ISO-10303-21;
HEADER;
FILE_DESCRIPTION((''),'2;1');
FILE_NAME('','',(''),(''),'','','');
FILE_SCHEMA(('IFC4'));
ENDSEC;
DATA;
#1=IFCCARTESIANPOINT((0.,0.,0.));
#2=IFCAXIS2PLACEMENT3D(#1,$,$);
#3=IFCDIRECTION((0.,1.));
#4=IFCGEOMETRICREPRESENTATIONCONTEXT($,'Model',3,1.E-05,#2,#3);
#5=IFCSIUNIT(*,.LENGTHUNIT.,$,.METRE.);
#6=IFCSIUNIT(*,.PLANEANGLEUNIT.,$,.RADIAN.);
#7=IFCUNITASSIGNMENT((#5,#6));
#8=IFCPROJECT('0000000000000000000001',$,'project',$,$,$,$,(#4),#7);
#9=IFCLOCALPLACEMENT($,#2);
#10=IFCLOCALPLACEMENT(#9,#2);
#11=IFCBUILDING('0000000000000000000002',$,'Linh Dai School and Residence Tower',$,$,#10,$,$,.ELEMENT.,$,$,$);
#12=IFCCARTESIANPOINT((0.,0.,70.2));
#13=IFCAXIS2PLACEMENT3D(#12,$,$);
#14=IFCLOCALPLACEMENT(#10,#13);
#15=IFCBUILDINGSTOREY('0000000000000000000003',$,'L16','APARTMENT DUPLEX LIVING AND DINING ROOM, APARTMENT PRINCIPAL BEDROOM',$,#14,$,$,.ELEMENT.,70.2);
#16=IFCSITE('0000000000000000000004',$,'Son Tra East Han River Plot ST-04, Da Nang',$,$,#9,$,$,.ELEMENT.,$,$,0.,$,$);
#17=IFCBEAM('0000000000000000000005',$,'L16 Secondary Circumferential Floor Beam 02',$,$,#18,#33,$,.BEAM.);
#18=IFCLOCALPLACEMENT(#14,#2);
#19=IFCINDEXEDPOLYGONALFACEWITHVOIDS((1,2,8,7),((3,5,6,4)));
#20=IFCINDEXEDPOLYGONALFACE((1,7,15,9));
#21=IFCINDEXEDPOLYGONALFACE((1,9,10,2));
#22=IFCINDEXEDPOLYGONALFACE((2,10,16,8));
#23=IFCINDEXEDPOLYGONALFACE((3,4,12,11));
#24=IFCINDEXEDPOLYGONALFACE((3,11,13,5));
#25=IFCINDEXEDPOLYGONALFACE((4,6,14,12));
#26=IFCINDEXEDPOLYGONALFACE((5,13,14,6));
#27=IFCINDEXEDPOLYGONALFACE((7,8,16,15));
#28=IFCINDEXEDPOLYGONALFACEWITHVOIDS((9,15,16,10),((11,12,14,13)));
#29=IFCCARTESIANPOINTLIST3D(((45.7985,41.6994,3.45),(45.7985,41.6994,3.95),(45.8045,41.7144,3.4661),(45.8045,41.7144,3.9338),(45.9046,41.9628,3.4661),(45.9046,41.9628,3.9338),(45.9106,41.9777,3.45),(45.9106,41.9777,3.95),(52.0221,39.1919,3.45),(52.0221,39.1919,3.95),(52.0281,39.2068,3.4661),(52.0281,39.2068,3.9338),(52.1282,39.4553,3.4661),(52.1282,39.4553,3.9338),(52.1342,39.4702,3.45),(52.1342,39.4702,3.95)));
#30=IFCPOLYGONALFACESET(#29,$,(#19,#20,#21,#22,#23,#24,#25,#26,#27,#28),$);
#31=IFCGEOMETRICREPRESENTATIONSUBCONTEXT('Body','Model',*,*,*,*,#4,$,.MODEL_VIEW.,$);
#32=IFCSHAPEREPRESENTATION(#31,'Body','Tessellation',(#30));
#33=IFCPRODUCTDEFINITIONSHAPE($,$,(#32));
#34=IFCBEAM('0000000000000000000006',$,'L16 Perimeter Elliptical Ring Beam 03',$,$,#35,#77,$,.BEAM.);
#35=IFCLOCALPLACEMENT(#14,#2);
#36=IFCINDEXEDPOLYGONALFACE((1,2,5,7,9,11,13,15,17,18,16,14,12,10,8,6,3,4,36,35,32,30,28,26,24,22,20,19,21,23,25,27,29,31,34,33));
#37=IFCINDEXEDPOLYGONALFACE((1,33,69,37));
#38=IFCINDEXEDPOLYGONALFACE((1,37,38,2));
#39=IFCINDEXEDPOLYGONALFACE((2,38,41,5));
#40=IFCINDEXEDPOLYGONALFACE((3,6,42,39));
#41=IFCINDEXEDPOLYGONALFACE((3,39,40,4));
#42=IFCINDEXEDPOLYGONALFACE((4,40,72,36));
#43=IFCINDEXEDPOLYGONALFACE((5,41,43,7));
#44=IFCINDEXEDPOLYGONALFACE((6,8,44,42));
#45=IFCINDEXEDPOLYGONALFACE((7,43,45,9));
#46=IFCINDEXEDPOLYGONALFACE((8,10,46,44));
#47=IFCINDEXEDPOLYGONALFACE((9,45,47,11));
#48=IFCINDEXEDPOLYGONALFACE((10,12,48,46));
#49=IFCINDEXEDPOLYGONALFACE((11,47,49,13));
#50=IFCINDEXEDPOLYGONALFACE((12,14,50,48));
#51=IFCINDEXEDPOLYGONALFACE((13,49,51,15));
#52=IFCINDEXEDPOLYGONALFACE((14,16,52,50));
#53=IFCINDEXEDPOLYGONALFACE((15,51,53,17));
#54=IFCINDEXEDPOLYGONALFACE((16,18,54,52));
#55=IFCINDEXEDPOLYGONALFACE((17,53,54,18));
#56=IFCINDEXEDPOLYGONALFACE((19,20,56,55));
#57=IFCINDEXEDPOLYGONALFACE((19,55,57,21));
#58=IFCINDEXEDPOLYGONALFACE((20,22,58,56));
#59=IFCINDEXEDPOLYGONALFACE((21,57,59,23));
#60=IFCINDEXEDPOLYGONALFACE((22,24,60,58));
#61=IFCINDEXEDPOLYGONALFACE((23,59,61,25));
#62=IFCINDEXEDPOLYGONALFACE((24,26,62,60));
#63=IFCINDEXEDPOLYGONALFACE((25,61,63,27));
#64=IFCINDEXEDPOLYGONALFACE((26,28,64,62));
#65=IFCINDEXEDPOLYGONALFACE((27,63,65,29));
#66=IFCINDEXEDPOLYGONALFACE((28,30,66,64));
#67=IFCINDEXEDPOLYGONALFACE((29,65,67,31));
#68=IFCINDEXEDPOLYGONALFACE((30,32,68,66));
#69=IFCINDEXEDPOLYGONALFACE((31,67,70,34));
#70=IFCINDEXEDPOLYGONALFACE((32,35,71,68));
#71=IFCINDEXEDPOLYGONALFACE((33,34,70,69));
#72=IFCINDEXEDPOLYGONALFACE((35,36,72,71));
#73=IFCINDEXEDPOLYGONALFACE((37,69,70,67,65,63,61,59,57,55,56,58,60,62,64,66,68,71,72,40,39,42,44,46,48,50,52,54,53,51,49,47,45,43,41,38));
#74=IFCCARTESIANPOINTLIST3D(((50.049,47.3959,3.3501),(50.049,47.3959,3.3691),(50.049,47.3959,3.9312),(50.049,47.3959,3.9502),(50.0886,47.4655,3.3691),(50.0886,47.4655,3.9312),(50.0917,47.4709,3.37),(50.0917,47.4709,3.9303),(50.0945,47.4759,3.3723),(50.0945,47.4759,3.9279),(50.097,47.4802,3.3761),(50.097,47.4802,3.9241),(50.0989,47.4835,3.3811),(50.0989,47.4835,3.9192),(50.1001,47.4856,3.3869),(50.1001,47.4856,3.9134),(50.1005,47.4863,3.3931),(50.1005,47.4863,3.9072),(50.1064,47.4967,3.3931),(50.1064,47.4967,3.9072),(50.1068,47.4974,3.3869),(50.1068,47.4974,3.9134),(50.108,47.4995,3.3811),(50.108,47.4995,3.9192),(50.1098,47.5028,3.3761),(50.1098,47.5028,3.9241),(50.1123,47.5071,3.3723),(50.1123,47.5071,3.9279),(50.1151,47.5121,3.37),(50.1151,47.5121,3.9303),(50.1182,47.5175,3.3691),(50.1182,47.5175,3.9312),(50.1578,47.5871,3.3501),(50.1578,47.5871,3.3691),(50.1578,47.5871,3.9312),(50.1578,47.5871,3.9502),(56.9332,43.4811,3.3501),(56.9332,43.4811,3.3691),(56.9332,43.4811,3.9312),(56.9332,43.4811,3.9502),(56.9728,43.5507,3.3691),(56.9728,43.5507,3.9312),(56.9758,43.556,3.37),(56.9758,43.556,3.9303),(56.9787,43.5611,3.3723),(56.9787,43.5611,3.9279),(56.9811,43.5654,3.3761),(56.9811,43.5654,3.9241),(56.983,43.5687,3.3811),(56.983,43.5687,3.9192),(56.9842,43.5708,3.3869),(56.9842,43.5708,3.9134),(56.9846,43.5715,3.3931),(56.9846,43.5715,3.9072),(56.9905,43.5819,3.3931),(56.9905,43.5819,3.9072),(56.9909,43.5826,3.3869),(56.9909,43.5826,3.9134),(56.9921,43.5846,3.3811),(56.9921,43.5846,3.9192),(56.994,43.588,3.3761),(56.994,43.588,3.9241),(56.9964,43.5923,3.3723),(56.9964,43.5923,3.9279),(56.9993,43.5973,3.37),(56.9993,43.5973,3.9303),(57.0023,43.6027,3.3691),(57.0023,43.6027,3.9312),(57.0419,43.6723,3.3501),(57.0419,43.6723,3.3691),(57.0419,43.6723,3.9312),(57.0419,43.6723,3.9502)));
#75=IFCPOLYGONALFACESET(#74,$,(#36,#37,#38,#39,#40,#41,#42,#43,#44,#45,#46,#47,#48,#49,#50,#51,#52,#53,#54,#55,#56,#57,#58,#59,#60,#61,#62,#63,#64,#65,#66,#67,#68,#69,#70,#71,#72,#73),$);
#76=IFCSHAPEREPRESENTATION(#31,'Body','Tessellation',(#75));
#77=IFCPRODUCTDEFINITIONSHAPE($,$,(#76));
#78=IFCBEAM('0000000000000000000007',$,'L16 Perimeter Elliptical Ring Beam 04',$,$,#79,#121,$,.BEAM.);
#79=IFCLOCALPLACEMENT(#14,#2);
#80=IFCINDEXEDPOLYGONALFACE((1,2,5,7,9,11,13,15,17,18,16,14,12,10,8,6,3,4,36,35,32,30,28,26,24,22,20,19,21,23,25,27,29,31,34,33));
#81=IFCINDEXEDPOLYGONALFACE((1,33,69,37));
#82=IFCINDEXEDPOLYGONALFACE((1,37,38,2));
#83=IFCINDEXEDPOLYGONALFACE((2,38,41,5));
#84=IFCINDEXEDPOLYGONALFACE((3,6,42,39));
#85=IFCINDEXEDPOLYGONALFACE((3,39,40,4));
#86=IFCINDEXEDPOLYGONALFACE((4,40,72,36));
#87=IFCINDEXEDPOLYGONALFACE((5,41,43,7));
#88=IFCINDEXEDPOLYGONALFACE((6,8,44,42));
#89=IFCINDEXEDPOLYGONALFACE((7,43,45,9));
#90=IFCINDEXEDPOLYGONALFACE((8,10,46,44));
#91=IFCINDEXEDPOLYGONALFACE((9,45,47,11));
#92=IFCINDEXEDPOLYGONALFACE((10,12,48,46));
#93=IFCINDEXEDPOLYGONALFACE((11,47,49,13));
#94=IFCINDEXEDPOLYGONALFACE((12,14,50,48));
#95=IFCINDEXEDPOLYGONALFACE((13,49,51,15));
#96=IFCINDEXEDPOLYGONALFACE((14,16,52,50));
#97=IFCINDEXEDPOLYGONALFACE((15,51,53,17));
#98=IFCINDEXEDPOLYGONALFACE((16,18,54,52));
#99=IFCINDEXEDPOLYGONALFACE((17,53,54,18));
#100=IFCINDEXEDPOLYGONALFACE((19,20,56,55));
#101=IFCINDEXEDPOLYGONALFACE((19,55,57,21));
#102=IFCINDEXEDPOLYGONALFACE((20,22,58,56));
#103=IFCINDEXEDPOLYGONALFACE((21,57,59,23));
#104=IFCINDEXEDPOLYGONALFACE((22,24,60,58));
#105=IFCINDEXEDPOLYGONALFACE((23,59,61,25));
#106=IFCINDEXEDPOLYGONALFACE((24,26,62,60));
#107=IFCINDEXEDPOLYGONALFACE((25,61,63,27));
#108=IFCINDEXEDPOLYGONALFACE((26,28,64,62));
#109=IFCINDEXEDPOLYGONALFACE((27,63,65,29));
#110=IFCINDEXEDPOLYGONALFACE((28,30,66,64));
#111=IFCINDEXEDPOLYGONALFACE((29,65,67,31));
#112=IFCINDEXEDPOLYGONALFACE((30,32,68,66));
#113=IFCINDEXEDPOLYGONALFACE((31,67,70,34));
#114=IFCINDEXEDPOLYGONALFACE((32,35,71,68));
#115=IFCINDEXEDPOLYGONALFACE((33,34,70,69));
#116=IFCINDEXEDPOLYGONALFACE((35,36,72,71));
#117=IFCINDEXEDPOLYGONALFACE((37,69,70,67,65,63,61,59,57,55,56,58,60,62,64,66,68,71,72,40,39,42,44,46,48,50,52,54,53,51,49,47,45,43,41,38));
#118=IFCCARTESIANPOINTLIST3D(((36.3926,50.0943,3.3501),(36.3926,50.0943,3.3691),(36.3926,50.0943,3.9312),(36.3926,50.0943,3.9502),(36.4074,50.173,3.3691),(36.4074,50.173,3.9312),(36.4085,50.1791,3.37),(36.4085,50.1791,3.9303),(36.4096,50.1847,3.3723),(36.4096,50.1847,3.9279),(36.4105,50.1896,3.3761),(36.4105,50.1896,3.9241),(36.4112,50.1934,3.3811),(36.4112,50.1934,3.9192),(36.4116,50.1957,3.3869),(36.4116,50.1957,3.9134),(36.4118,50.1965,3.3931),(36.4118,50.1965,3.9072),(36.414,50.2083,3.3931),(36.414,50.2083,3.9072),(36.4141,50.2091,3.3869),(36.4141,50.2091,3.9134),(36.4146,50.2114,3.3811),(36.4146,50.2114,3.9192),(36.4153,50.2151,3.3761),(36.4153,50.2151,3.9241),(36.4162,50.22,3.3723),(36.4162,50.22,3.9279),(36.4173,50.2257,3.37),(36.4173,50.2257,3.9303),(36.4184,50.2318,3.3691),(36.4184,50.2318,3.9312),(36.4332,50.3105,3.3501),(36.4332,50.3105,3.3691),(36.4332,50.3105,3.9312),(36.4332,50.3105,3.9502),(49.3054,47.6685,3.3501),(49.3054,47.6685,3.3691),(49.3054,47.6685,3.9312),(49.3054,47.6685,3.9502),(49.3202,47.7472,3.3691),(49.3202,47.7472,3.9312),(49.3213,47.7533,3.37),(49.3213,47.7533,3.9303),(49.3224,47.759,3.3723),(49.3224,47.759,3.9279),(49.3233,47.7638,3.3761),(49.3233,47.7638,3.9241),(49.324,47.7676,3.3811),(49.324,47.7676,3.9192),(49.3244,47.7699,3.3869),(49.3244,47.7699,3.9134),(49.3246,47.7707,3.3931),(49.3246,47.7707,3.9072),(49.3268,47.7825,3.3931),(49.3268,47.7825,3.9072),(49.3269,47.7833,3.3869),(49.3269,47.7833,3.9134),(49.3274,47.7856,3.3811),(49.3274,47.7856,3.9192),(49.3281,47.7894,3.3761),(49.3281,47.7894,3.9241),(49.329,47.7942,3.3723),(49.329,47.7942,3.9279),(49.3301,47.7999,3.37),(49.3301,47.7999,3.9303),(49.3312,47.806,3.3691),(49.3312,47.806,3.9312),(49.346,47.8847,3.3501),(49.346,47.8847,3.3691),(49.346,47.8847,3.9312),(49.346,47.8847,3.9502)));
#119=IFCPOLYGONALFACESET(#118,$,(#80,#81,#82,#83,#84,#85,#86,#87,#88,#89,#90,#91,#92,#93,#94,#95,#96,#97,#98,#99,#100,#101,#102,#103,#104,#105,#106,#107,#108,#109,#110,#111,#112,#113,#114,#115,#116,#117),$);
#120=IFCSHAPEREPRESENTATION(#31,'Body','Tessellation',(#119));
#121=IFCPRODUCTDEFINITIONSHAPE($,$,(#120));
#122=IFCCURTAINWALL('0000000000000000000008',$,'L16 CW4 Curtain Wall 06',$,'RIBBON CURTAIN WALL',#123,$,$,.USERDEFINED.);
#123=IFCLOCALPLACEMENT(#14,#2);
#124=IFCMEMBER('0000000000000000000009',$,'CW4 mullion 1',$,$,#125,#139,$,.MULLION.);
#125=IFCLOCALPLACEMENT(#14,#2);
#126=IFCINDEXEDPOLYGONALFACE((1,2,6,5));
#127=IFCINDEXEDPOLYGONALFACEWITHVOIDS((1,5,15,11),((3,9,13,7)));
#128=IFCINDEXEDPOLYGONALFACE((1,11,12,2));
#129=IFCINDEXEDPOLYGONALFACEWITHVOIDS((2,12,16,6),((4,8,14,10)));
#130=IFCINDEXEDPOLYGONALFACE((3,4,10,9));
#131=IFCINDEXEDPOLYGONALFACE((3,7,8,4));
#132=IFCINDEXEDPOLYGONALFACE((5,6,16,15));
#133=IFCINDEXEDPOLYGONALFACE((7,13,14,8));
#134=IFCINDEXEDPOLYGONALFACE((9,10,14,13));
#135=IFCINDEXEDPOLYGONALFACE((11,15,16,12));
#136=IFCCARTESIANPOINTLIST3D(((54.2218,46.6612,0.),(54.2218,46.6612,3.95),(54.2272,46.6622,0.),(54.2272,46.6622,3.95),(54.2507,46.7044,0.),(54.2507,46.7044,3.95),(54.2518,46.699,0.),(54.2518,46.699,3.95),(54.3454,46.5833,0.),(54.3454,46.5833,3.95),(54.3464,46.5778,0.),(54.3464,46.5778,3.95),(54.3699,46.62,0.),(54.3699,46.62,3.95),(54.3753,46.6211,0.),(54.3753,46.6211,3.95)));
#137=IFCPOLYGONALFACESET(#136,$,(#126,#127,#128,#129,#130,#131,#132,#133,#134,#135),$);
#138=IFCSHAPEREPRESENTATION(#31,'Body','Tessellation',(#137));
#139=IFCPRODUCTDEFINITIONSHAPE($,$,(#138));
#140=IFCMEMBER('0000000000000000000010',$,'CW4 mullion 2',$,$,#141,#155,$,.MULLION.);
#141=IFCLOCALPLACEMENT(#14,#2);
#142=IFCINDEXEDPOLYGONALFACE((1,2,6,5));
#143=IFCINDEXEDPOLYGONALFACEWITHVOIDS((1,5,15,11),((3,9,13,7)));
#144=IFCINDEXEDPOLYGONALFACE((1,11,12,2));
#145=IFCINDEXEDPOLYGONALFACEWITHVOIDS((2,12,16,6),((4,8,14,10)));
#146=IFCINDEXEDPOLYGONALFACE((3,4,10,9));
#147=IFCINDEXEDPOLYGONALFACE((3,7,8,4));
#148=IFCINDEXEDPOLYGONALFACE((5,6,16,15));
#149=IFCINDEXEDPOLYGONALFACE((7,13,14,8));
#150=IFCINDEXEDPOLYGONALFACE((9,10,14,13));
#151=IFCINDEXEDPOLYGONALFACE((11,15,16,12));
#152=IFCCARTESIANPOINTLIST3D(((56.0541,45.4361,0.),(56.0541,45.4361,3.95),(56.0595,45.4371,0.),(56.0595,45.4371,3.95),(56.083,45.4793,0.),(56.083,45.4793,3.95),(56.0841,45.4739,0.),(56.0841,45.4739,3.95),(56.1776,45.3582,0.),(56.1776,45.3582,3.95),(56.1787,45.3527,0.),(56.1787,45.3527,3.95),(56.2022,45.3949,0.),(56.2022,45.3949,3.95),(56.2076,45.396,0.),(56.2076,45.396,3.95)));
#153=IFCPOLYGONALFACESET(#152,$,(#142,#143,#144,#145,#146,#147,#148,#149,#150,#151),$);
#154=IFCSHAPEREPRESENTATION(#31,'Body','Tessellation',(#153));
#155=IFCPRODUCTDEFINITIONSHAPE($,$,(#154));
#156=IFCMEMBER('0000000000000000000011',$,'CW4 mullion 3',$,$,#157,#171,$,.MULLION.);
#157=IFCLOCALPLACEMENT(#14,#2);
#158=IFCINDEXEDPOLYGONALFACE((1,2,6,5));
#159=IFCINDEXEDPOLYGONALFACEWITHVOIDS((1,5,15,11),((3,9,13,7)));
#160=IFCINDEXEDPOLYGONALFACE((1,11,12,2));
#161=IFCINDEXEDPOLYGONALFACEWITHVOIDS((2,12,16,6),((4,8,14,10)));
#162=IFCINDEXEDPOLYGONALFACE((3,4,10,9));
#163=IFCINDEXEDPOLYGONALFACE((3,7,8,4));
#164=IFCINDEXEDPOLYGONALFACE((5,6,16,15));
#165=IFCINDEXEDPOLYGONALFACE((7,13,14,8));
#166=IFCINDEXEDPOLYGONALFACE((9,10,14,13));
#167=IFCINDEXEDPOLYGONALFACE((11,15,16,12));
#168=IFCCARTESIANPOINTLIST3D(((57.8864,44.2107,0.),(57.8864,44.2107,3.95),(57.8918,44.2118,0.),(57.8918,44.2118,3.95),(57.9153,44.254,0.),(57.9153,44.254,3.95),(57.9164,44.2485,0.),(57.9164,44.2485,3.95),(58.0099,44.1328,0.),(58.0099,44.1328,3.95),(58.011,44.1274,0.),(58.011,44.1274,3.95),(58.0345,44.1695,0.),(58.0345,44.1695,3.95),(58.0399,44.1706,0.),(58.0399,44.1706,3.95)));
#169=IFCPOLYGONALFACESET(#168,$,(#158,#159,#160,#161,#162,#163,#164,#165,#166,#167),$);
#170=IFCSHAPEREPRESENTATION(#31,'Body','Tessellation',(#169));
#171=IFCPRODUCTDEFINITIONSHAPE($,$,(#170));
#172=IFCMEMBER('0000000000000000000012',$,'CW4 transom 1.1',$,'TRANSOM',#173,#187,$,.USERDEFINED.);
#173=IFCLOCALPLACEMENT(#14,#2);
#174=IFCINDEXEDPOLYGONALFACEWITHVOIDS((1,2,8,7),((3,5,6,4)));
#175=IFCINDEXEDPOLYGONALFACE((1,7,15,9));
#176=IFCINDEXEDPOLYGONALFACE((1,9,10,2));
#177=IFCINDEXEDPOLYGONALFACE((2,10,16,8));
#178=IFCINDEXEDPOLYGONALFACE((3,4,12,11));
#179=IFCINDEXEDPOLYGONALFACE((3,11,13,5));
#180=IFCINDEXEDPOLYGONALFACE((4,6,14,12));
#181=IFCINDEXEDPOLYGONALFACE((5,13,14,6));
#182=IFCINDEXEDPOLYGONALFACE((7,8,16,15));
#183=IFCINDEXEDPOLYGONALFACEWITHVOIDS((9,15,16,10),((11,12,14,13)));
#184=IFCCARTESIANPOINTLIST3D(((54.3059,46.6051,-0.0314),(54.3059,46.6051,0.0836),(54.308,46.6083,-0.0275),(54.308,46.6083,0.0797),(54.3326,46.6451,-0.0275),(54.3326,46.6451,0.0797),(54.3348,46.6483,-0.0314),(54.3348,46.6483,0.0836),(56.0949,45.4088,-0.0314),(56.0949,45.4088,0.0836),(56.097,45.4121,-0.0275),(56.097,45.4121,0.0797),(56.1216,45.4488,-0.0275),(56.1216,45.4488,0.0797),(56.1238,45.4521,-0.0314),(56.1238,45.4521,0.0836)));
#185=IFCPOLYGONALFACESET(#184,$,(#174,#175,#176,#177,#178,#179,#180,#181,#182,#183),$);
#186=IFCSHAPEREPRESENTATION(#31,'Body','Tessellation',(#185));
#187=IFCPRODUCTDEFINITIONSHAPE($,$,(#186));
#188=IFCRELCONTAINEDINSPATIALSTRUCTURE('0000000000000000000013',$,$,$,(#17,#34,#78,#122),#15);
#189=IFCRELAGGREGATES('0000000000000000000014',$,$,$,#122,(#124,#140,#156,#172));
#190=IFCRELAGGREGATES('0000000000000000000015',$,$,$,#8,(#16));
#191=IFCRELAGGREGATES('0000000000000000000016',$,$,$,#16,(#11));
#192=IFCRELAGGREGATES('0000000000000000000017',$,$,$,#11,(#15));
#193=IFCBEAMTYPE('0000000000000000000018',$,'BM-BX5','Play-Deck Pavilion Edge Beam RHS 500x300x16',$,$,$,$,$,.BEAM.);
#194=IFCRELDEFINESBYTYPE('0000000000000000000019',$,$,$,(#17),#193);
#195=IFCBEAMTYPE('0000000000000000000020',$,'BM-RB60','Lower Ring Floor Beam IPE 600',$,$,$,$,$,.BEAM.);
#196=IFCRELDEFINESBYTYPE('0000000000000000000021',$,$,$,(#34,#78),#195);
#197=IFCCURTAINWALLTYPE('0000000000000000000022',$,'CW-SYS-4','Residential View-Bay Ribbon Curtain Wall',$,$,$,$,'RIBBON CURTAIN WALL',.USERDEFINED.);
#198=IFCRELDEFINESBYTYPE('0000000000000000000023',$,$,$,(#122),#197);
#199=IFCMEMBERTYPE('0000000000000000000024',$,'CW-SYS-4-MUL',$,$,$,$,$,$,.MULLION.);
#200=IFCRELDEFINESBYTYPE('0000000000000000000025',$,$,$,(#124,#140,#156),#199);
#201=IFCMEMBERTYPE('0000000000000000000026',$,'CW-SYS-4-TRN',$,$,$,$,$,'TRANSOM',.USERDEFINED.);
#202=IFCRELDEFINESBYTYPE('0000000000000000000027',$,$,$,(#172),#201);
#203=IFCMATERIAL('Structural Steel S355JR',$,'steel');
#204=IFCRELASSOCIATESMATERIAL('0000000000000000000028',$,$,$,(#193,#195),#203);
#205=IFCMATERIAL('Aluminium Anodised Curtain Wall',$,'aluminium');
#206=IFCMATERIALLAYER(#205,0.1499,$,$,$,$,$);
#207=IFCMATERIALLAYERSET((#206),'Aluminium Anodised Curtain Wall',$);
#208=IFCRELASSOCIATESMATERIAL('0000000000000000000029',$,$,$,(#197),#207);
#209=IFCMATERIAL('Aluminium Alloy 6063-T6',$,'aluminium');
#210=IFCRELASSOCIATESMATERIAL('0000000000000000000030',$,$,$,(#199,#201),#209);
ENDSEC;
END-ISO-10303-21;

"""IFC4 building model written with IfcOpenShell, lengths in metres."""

from ifc_helpers import new_model, si_unit, direction, frame, origin, origin_2d, place, context, subcontext, project, spatial, hollow_rectangle, i_section, extrude, source, transform, mapped, material, layer, layer_set, material_profile, profile_set, type_object, element, aggregate, save


model = new_model("IFC4")

# Units and contexts
model_context = context("Model", 3, precision=1e-05, world=origin(), true_north=direction((0.0, 1.0)))
body_context = subcontext(model_context, "Body", "Model", "MODEL_VIEW")
ifc_project = project(units=[si_unit("LENGTHUNIT", "METRE"), si_unit("PLANEANGLEUNIT", "RADIAN")], contexts=[model_context])

# Site, building, storey
site_placement = place(None, origin())
site = spatial("IfcSite", under=ifc_project, at=site_placement, Name="Son Tra East Han River Plot ST-04, Da Nang", CompositionType="ELEMENT", RefElevation=0.0)
building_placement = place(site_placement, origin())
building = spatial("IfcBuilding", under=site, at=building_placement, Name="Linh Dai School and Residence Tower", CompositionType="ELEMENT")
storey_placement = place(building_placement, frame((0.0, 0.0, 70.2)))
storey = spatial("IfcBuildingStorey", under=building, at=storey_placement, Name="L16", Description="APARTMENT DUPLEX LIVING AND DINING ROOM, APARTMENT PRINCIPAL BEDROOM", CompositionType="ELEMENT", Elevation=70.2)

# Shared definitions
ifc_material_1 = material(Name="Structural Steel S355JR", Category="steel")

# Beams
ifc_material_profile_1 = material_profile(ifc_material_1, hollow_rectangle(XDim=0.3, YDim=0.5, WallThickness=0.0161, at=origin_2d()), Name="RHS 500x300x16")
ifc_profile_set_1 = profile_set([ifc_material_profile_1], Name="Structural Steel S355JR")
beam_type_1 = type_object("IfcBeamType", Name="BM-BX5", Description="Play-Deck Pavilion Edge Beam RHS 500x300x16", PredefinedType="BEAM", material=ifc_profile_set_1)
beam_1_placement = place(storey_placement, frame((52.0781, 39.3311, 3.7), z_axis=(-0.927543, 0.373717, 0.0), x_axis=(-0.373717, -0.927543, 0.0)))
element("IfcBeam", 1, at=beam_1_placement, inside=storey, type_object=beam_type_1, Name="L16 Secondary Circumferential Floor Beam 02", PredefinedType="BEAM", context=body_context, shape_type="SweptSolid", body=[
    extrude(hollow_rectangle(XDim=0.3, YDim=0.5, WallThickness=0.0161, at=origin_2d()), origin(), (0.0, 0.0, 1.0), 6.7097),
])
ifc_material_profile_2 = material_profile(ifc_material_1, i_section(OverallWidth=0.22, OverallDepth=0.6001, WebThickness=0.012, FlangeThickness=0.019, FilletRadius=0.0239, at=origin_2d()), Name="IPE 600")
ifc_profile_set_2 = profile_set([ifc_material_profile_2], Name="Structural Steel S355JR")
beam_type_2 = type_object("IfcBeamType", Name="BM-RB60", Description="Lower Ring Floor Beam IPE 600", PredefinedType="BEAM", material=ifc_profile_set_2)
beam_2_placement = place(storey_placement, frame((56.9875, 43.5767, 3.6501), z_axis=(-0.869271, 0.494335, 0.0), x_axis=(-0.494335, -0.869271, 0.0)))
element("IfcBeam", 2, at=beam_2_placement, inside=storey, type_object=beam_type_2, Name="L16 Perimeter Elliptical Ring Beam 03", PredefinedType="BEAM", context=body_context, shape_type="SweptSolid", body=[
    extrude(i_section(OverallWidth=0.22, OverallDepth=0.6001, WebThickness=0.012, FlangeThickness=0.019, FilletRadius=0.0239, at=origin_2d()), origin(), (0.0, 0.0, 1.0), 7.9194),
])
beam_3_placement = place(storey_placement, frame((49.3257, 47.7766, 3.6501), z_axis=(-0.982808, 0.184628, 0.0), x_axis=(-0.184628, -0.982808, 0.0)))
element("IfcBeam", 3, at=beam_3_placement, inside=storey, type_object=beam_type_2, Name="L16 Perimeter Elliptical Ring Beam 04", PredefinedType="BEAM", context=body_context, shape_type="SweptSolid", body=[
    extrude(i_section(OverallWidth=0.22, OverallDepth=0.6001, WebThickness=0.012, FlangeThickness=0.019, FilletRadius=0.0239, at=origin_2d()), origin(), (0.0, 0.0, 1.0), 13.1387),
])

# Curtain wall, members
ifc_material_2 = material(Name="Aluminium Anodised Curtain Wall", Category="aluminium")
ifc_layer_1 = layer(ifc_material_2, 0.1499)
ifc_layer_set_1 = layer_set([ifc_layer_1], Name="Aluminium Anodised Curtain Wall")
curtain_wall_type = type_object("IfcCurtainWallType", Name="CW-SYS-4", Description="Residential View-Bay Ribbon Curtain Wall", ElementType="RIBBON CURTAIN WALL", PredefinedType="USERDEFINED", material=ifc_layer_set_1)
curtain_wall_placement = place(storey_placement, origin())
curtain_wall = element("IfcCurtainWall", 4, at=curtain_wall_placement, inside=storey, type_object=curtain_wall_type, Name="L16 CW4 Curtain Wall 06", ObjectType="RIBBON CURTAIN WALL", PredefinedType="USERDEFINED")
ifc_material_3 = material(Name="Aluminium Alloy 6063-T6", Category="aluminium")
ifc_material_profile_3 = material_profile(ifc_material_3, hollow_rectangle(XDim=0.052, YDim=0.1499, WallThickness=0.0039, at=origin_2d()), Name="RHS 150x52x4")
ifc_profile_set_3 = profile_set([ifc_material_profile_3], Name="Aluminium Alloy 6063-T6")
member_type_1 = type_object("IfcMemberType", Name="CW-SYS-4-MUL", PredefinedType="MULLION", material=ifc_profile_set_3)
shared_shape_1 = source(origin(), body_context, "Body", "SweptSolid", [
    extrude(hollow_rectangle(XDim=0.052, YDim=0.1499, WallThickness=0.0039, at=origin_2d()), origin(), (0.0, 0.0, 1.0), 3.95),
])
member_1_placement = place(storey_placement, frame((54.2986, 46.6411, 0.0), z_axis=(0.0, 0.0, 1.0), x_axis=(0.555898, 0.831251, 0.0)))
member_1 = element("IfcMember", 5, at=member_1_placement, type_object=member_type_1, Name="CW4 mullion 1", PredefinedType="MULLION", context=body_context, shape_type="MappedRepresentation", body=[
    mapped(shared_shape_1, transform((0.0, 0.0, 0.0), x_axis=(1.0, 0.0, 0.0), y_axis=(0.0, 1.0, 0.0), z_axis=(0.0, 0.0, 1.0), scale=1.0)),
])
member_2_placement = place(storey_placement, frame((56.1309, 45.416, 0.0), z_axis=(0.0, 0.0, 1.0), x_axis=(0.555898, 0.831251, 0.0)))
member_2 = element("IfcMember", 6, at=member_2_placement, type_object=member_type_1, Name="CW4 mullion 2", PredefinedType="MULLION", context=body_context, shape_type="MappedRepresentation", body=[
    mapped(shared_shape_1, transform((0.0, 0.0, 0.0), x_axis=(1.0, 0.0, 0.0), y_axis=(0.0, 1.0, 0.0), z_axis=(0.0, 0.0, 1.0), scale=1.0)),
])
member_3_placement = place(storey_placement, frame((57.9631, 44.1907, 0.0), z_axis=(0.0, 0.0, 1.0), x_axis=(0.555898, 0.831251, 0.0)))
member_3 = element("IfcMember", 7, at=member_3_placement, type_object=member_type_1, Name="CW4 mullion 3", PredefinedType="MULLION", context=body_context, shape_type="MappedRepresentation", body=[
    mapped(shared_shape_1, transform((0.0, 0.0, 0.0), x_axis=(1.0, 0.0, 0.0), y_axis=(0.0, 1.0, 0.0), z_axis=(0.0, 0.0, 1.0), scale=1.0)),
])
ifc_material_profile_4 = material_profile(ifc_material_3, hollow_rectangle(XDim=0.052, YDim=0.115, WallThickness=0.0039, at=origin_2d()), Name="RHS 115x52x4")
ifc_profile_set_4 = profile_set([ifc_material_profile_4], Name="Aluminium Alloy 6063-T6")
member_type_2 = type_object("IfcMemberType", Name="CW-SYS-4-TRN", ElementType="TRANSOM", PredefinedType="USERDEFINED", material=ifc_profile_set_4)
shared_shape_2 = source(origin(), body_context, "Body", "SweptSolid", [
    extrude(hollow_rectangle(XDim=0.052, YDim=0.115, WallThickness=0.0039, at=origin_2d()), origin(), (0.0, 0.0, 1.0), 2.1521),
])
member_4_placement = place(storey_placement, frame((54.3203, 46.6267, 0.0261), z_axis=(0.831282, -0.555852, 0.0), x_axis=(0.555852, 0.831282, 0.0)))
member_4 = element("IfcMember", 8, at=member_4_placement, type_object=member_type_2, Name="CW4 transom 1.1", ObjectType="TRANSOM", PredefinedType="USERDEFINED", context=body_context, shape_type="MappedRepresentation", body=[
    mapped(shared_shape_2, transform((0.0, 0.0, 0.0), x_axis=(1.0, 0.0, 0.0), y_axis=(0.0, 1.0, 0.0), z_axis=(0.0, 0.0, 1.0), scale=1.0)),
])

aggregate(curtain_wall, [member_1, member_2, member_3, member_4])

save(model, "model.ifc")
